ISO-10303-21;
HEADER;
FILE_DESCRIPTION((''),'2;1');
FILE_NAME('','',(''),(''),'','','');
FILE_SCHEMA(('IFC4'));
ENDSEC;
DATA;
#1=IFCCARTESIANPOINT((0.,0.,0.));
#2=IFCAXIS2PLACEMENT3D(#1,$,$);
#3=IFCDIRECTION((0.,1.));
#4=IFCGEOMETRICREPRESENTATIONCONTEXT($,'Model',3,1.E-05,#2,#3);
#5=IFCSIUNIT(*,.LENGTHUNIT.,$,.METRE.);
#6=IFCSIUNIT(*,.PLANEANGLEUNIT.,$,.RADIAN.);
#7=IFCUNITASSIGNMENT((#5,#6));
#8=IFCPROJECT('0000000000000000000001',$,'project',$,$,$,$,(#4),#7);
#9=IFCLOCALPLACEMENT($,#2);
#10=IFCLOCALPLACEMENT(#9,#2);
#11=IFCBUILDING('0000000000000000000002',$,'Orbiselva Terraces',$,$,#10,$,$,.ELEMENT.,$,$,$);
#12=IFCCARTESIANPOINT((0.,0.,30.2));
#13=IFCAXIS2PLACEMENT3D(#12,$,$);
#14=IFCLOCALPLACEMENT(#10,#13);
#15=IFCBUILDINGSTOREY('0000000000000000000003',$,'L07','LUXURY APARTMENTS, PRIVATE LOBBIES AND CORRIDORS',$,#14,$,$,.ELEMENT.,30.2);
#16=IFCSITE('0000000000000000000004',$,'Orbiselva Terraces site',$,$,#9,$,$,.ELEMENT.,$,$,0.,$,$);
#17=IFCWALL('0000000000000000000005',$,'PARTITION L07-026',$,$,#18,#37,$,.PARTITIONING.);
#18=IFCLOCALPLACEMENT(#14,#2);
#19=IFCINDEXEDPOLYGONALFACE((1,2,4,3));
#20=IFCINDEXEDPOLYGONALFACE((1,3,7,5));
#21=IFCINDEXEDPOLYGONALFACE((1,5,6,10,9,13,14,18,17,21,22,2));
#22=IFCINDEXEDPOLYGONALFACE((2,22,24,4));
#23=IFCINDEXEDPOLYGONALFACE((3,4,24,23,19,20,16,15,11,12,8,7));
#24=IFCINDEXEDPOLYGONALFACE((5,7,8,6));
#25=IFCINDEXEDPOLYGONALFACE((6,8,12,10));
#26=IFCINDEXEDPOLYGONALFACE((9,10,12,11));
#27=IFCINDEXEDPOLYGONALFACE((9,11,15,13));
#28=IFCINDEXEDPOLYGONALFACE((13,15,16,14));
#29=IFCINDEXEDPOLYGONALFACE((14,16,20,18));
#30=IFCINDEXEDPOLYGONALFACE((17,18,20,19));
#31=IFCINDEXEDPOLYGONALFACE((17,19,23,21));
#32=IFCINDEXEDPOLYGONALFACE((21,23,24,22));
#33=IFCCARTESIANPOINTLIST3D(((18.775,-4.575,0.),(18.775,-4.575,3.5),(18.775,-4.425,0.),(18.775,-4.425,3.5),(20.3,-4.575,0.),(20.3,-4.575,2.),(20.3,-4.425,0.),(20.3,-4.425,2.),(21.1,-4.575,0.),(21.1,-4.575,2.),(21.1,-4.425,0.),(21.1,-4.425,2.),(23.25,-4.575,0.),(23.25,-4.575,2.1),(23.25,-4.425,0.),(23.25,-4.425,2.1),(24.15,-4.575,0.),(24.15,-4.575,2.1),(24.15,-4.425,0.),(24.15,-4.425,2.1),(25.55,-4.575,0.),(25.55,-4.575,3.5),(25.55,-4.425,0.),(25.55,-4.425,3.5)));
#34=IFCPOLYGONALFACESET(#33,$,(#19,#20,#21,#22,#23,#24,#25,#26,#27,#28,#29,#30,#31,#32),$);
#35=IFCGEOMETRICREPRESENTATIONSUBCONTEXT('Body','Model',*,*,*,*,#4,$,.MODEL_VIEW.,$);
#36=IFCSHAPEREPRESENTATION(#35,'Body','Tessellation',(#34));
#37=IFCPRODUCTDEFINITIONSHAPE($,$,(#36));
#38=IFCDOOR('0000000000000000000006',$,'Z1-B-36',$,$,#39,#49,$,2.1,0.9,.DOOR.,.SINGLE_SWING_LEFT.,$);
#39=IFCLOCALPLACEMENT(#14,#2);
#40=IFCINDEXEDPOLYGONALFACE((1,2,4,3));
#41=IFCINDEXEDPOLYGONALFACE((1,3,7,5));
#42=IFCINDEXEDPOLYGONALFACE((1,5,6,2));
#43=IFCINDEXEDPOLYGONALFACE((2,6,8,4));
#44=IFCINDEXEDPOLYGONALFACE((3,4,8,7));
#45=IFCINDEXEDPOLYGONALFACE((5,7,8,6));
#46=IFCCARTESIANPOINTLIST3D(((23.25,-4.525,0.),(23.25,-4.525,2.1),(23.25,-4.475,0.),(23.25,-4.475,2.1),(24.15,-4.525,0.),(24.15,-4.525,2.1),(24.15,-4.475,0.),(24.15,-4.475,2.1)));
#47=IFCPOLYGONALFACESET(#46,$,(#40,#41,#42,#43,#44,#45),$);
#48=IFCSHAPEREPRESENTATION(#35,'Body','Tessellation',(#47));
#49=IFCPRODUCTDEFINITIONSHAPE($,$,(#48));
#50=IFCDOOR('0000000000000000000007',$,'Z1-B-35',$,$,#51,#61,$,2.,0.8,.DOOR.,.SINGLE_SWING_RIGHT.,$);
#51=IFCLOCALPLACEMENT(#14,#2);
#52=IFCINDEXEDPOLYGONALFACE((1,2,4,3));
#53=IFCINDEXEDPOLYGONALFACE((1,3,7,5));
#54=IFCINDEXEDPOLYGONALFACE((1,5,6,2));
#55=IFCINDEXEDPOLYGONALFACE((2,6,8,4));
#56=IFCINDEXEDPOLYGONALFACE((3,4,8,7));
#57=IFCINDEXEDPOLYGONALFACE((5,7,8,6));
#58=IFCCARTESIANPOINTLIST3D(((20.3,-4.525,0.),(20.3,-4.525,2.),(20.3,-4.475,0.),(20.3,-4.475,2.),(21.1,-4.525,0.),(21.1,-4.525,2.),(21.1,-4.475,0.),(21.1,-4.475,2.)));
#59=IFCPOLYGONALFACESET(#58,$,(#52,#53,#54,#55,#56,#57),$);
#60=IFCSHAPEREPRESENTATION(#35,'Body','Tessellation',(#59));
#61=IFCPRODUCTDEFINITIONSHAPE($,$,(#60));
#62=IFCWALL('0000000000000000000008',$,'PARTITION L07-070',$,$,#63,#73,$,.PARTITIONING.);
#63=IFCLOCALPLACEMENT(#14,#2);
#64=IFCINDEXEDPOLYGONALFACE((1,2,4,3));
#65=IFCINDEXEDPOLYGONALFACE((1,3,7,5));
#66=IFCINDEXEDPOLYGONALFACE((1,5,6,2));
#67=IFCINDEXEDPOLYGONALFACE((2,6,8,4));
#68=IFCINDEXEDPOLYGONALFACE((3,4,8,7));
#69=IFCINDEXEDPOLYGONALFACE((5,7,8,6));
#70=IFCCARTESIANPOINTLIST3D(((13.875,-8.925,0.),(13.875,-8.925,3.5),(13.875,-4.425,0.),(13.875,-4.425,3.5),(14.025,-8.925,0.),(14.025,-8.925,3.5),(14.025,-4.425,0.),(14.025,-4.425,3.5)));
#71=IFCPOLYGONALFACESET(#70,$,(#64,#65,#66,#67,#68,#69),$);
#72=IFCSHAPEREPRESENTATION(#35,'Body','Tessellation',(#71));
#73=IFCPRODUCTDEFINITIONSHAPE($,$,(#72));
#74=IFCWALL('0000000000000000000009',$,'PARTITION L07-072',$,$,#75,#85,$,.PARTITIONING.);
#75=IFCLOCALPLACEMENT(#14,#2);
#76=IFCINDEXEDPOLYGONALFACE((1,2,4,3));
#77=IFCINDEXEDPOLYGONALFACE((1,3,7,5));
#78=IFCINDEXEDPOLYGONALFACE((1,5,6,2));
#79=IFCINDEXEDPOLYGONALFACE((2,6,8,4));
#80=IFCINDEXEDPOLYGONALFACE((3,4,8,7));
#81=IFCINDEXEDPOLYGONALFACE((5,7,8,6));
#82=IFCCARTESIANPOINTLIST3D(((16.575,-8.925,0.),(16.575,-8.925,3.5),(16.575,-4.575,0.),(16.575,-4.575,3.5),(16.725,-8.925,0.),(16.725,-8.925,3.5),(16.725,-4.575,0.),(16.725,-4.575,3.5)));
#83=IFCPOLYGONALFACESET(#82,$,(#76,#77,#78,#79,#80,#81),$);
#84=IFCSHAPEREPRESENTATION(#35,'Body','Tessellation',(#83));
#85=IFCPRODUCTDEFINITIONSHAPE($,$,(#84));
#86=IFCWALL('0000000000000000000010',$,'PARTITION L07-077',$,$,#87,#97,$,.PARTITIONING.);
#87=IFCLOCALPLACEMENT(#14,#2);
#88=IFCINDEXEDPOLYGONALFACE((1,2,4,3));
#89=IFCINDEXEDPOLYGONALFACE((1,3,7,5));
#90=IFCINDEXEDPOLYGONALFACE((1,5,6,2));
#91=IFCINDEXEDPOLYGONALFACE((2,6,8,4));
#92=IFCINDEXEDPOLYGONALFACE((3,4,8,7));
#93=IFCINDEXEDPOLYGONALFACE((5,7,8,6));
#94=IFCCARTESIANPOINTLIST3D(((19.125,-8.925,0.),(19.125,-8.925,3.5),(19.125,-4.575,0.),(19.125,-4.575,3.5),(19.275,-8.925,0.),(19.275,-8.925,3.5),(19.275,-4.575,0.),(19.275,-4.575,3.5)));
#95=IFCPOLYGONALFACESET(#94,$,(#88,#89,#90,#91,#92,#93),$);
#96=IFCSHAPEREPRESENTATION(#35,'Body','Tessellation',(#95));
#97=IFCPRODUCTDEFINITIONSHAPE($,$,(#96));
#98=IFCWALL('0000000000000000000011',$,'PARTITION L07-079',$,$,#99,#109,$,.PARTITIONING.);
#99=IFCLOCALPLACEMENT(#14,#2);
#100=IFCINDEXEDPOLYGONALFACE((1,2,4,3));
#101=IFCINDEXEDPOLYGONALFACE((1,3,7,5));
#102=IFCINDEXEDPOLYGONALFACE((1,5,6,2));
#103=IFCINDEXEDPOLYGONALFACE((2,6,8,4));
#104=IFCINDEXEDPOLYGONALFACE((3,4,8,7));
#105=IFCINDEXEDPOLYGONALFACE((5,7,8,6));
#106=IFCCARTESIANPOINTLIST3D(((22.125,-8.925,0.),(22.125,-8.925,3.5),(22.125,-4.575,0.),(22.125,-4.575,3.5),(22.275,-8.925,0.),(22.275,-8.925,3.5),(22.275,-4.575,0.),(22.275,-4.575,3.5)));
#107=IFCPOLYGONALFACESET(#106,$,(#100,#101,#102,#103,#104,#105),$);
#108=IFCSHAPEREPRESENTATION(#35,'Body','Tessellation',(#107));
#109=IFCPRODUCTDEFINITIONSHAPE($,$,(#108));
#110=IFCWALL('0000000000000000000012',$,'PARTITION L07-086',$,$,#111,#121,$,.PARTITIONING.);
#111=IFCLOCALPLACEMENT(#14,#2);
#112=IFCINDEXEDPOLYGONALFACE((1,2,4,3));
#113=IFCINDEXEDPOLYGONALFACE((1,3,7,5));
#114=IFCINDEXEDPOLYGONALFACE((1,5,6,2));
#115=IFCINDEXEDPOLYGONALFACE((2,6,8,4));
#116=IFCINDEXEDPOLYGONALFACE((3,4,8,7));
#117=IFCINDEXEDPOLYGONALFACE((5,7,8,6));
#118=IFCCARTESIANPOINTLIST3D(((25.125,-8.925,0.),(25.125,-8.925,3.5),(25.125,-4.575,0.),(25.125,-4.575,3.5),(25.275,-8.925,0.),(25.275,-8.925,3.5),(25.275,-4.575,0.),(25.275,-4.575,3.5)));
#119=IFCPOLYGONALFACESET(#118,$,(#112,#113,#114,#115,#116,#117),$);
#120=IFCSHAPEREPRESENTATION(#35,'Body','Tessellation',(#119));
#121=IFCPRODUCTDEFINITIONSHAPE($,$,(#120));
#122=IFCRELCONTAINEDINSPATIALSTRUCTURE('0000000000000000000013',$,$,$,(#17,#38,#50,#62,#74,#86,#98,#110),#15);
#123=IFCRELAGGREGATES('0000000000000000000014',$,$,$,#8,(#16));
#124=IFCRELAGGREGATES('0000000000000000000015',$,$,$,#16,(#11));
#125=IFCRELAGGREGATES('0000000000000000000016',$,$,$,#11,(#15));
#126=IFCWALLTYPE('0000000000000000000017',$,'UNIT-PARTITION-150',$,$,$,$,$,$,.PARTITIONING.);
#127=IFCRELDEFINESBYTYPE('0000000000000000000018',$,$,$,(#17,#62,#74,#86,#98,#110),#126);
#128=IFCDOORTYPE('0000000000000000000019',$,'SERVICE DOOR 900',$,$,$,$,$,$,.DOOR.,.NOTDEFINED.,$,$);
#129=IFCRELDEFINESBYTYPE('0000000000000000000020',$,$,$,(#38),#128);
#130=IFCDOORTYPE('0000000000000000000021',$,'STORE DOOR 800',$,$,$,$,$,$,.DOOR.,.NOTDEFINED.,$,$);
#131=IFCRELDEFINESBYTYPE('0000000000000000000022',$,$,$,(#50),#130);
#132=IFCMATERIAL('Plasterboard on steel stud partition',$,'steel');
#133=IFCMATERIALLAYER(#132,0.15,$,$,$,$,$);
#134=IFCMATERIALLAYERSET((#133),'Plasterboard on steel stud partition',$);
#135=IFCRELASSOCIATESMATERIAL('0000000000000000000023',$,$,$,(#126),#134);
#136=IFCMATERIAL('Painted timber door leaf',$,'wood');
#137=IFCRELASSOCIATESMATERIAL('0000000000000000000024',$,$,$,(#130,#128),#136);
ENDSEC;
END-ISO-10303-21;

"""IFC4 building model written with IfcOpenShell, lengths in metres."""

from ifc_helpers import new_model, si_unit, direction, frame, frame_2d, origin, place, context, subcontext, project, spatial, rectangle, extrude, material, layer, layer_set, type_object, element, fill, save


model = new_model("IFC4")

# Units and contexts
model_context = context("Model", 3, precision=1e-05, world=origin(), true_north=direction((0.0, 1.0)))
body_context = subcontext(model_context, "Body", "Model", "MODEL_VIEW")
ifc_project = project(units=[si_unit("LENGTHUNIT", "METRE"), si_unit("PLANEANGLEUNIT", "RADIAN")], contexts=[model_context])

# Site, building, storey
site_placement = place(None, origin())
site = spatial("IfcSite", under=ifc_project, at=site_placement, Name="Orbiselva Terraces site", CompositionType="ELEMENT", RefElevation=0.0)
building_placement = place(site_placement, origin())
building = spatial("IfcBuilding", under=site, at=building_placement, Name="Orbiselva Terraces", CompositionType="ELEMENT")
storey_placement = place(building_placement, frame((0.0, 0.0, 30.2)))
storey = spatial("IfcBuildingStorey", under=building, at=storey_placement, Name="L07", Description="LUXURY APARTMENTS, PRIVATE LOBBIES AND CORRIDORS", CompositionType="ELEMENT", Elevation=30.2)

# Shared definitions
ifc_material_1 = material(Name="Plasterboard on steel stud partition", Category="steel")

# Shared definitions
ifc_layer_1 = layer(ifc_material_1, 0.15)
ifc_layer_set_1 = layer_set([ifc_layer_1], Name="Plasterboard on steel stud partition")
wall_type_1 = type_object("IfcWallType", Name="UNIT-PARTITION-150", PredefinedType="PARTITIONING", material=ifc_layer_set_1)
ifc_material_2 = material(Name="Painted timber door leaf", Category="wood")

# Shared definitions
door_type_1 = type_object("IfcDoorType", Name="STORE DOOR 800", OperationType="NOTDEFINED", PredefinedType="DOOR", material=ifc_material_2)

# Wall, openings, doors
wall_1_placement = place(storey_placement, frame((25.55, -4.5, 0.0), z_axis=(0.0, 0.0, 1.0), x_axis=(-1.0, 0.0, 0.0)))
wall_1 = element("IfcWall", 1, at=wall_1_placement, inside=storey, type_object=wall_type_1, Name="PARTITION L07-026", PredefinedType="PARTITIONING", context=body_context, shape_type="SweptSolid", body=[
    extrude(rectangle(XDim=6.775, YDim=0.15, at=frame_2d((3.3875, 0.0))), origin(), (0.0, 0.0, 1.0), 3.5),
])
opening_1_placement = place(wall_1_placement, frame((4.45, 0.0, 0.0)))
opening_1 = element("IfcOpeningElement", 2, at=opening_1_placement, cuts=wall_1, PredefinedType="OPENING", context=body_context, shape_type="SweptSolid", body=[
    extrude(rectangle(XDim=0.8, YDim=2.0, at=frame_2d((0.4, 1.0))), frame((0.0, 0.085, 0.0), z_axis=(0.0, -1.0, 0.0), x_axis=(1.0, 0.0, 0.0)), (0.0, 0.0, 1.0), 0.17),
])
opening_2_placement = place(wall_1_placement, frame((1.4, 0.0, 0.0)))
opening_2 = element("IfcOpeningElement", 3, at=opening_2_placement, cuts=wall_1, PredefinedType="OPENING", context=body_context, shape_type="SweptSolid", body=[
    extrude(rectangle(XDim=0.9, YDim=2.1, at=frame_2d((0.45, 1.05))), frame((0.0, 0.085, 0.0), z_axis=(0.0, -1.0, 0.0), x_axis=(1.0, 0.0, 0.0)), (0.0, 0.0, 1.0), 0.17),
])
door_type_2 = type_object("IfcDoorType", Name="SERVICE DOOR 900", OperationType="NOTDEFINED", PredefinedType="DOOR", material=ifc_material_2)
door_1_placement = place(opening_2_placement, origin())
door_1 = element("IfcDoor", 4, at=door_1_placement, inside=storey, type_object=door_type_2, Name="Z1-B-36", OperationType="SINGLE_SWING_LEFT", OverallHeight=2.1, OverallWidth=0.9, PredefinedType="DOOR", context=body_context, shape_type="SweptSolid", body=[
    extrude(rectangle(XDim=0.9, YDim=2.1, at=frame_2d((0.45, 1.05))), frame((0.0, 0.025, 0.0), z_axis=(0.0, -1.0, 0.0), x_axis=(1.0, 0.0, 0.0)), (0.0, 0.0, 1.0), 0.05),
])
fill(opening_2, door_1)
door_2_placement = place(opening_1_placement, origin())
door_2 = element("IfcDoor", 5, at=door_2_placement, inside=storey, type_object=door_type_1, Name="Z1-B-35", OperationType="SINGLE_SWING_RIGHT", OverallHeight=2.0, OverallWidth=0.8, PredefinedType="DOOR", context=body_context, shape_type="SweptSolid", body=[
    extrude(rectangle(XDim=0.8, YDim=2.0, at=frame_2d((0.4, 1.0))), frame((0.0, 0.025, 0.0), z_axis=(0.0, -1.0, 0.0), x_axis=(1.0, 0.0, 0.0)), (0.0, 0.0, 1.0), 0.05),
])
fill(opening_1, door_2)

# Walls
wall_2_placement = place(storey_placement, frame((13.95, -8.925, 0.0), z_axis=(0.0, 0.0, 1.0), x_axis=(0.0, 1.0, 0.0)))
element("IfcWall", 6, at=wall_2_placement, inside=storey, type_object=wall_type_1, Name="PARTITION L07-070", PredefinedType="PARTITIONING", context=body_context, shape_type="SweptSolid", body=[
    extrude(rectangle(XDim=4.5, YDim=0.15, at=frame_2d((2.25, 0.0))), origin(), (0.0, 0.0, 1.0), 3.5),
])
for number, where, z_axis, x_axis, name in (
    (7, (16.65, -8.925, 0.0), (0.0, 0.0, 1.0), (0.0, 1.0, 0.0), "PARTITION L07-072"),
    (8, (19.2, -8.925, 0.0), (0.0, 0.0, 1.0), (0.0, 1.0, 0.0), "PARTITION L07-077"),
    (9, (22.2, -8.925, 0.0), (0.0, 0.0, 1.0), (0.0, 1.0, 0.0), "PARTITION L07-079"),
    (10, (25.2, -8.925, 0.0), (0.0, 0.0, 1.0), (0.0, 1.0, 0.0), "PARTITION L07-086"),
):
    element("IfcWall", number, at=place(storey_placement, frame(where, z_axis=z_axis, x_axis=x_axis)), inside=storey, type_object=wall_type_1, Name=name, PredefinedType="PARTITIONING", context=body_context, shape_type="SweptSolid", body=[
        extrude(rectangle(XDim=4.35, YDim=0.15, at=frame_2d((2.175, 0.0))), origin(), (0.0, 0.0, 1.0), 3.5),
    ])

save(model, "model.ifc")
